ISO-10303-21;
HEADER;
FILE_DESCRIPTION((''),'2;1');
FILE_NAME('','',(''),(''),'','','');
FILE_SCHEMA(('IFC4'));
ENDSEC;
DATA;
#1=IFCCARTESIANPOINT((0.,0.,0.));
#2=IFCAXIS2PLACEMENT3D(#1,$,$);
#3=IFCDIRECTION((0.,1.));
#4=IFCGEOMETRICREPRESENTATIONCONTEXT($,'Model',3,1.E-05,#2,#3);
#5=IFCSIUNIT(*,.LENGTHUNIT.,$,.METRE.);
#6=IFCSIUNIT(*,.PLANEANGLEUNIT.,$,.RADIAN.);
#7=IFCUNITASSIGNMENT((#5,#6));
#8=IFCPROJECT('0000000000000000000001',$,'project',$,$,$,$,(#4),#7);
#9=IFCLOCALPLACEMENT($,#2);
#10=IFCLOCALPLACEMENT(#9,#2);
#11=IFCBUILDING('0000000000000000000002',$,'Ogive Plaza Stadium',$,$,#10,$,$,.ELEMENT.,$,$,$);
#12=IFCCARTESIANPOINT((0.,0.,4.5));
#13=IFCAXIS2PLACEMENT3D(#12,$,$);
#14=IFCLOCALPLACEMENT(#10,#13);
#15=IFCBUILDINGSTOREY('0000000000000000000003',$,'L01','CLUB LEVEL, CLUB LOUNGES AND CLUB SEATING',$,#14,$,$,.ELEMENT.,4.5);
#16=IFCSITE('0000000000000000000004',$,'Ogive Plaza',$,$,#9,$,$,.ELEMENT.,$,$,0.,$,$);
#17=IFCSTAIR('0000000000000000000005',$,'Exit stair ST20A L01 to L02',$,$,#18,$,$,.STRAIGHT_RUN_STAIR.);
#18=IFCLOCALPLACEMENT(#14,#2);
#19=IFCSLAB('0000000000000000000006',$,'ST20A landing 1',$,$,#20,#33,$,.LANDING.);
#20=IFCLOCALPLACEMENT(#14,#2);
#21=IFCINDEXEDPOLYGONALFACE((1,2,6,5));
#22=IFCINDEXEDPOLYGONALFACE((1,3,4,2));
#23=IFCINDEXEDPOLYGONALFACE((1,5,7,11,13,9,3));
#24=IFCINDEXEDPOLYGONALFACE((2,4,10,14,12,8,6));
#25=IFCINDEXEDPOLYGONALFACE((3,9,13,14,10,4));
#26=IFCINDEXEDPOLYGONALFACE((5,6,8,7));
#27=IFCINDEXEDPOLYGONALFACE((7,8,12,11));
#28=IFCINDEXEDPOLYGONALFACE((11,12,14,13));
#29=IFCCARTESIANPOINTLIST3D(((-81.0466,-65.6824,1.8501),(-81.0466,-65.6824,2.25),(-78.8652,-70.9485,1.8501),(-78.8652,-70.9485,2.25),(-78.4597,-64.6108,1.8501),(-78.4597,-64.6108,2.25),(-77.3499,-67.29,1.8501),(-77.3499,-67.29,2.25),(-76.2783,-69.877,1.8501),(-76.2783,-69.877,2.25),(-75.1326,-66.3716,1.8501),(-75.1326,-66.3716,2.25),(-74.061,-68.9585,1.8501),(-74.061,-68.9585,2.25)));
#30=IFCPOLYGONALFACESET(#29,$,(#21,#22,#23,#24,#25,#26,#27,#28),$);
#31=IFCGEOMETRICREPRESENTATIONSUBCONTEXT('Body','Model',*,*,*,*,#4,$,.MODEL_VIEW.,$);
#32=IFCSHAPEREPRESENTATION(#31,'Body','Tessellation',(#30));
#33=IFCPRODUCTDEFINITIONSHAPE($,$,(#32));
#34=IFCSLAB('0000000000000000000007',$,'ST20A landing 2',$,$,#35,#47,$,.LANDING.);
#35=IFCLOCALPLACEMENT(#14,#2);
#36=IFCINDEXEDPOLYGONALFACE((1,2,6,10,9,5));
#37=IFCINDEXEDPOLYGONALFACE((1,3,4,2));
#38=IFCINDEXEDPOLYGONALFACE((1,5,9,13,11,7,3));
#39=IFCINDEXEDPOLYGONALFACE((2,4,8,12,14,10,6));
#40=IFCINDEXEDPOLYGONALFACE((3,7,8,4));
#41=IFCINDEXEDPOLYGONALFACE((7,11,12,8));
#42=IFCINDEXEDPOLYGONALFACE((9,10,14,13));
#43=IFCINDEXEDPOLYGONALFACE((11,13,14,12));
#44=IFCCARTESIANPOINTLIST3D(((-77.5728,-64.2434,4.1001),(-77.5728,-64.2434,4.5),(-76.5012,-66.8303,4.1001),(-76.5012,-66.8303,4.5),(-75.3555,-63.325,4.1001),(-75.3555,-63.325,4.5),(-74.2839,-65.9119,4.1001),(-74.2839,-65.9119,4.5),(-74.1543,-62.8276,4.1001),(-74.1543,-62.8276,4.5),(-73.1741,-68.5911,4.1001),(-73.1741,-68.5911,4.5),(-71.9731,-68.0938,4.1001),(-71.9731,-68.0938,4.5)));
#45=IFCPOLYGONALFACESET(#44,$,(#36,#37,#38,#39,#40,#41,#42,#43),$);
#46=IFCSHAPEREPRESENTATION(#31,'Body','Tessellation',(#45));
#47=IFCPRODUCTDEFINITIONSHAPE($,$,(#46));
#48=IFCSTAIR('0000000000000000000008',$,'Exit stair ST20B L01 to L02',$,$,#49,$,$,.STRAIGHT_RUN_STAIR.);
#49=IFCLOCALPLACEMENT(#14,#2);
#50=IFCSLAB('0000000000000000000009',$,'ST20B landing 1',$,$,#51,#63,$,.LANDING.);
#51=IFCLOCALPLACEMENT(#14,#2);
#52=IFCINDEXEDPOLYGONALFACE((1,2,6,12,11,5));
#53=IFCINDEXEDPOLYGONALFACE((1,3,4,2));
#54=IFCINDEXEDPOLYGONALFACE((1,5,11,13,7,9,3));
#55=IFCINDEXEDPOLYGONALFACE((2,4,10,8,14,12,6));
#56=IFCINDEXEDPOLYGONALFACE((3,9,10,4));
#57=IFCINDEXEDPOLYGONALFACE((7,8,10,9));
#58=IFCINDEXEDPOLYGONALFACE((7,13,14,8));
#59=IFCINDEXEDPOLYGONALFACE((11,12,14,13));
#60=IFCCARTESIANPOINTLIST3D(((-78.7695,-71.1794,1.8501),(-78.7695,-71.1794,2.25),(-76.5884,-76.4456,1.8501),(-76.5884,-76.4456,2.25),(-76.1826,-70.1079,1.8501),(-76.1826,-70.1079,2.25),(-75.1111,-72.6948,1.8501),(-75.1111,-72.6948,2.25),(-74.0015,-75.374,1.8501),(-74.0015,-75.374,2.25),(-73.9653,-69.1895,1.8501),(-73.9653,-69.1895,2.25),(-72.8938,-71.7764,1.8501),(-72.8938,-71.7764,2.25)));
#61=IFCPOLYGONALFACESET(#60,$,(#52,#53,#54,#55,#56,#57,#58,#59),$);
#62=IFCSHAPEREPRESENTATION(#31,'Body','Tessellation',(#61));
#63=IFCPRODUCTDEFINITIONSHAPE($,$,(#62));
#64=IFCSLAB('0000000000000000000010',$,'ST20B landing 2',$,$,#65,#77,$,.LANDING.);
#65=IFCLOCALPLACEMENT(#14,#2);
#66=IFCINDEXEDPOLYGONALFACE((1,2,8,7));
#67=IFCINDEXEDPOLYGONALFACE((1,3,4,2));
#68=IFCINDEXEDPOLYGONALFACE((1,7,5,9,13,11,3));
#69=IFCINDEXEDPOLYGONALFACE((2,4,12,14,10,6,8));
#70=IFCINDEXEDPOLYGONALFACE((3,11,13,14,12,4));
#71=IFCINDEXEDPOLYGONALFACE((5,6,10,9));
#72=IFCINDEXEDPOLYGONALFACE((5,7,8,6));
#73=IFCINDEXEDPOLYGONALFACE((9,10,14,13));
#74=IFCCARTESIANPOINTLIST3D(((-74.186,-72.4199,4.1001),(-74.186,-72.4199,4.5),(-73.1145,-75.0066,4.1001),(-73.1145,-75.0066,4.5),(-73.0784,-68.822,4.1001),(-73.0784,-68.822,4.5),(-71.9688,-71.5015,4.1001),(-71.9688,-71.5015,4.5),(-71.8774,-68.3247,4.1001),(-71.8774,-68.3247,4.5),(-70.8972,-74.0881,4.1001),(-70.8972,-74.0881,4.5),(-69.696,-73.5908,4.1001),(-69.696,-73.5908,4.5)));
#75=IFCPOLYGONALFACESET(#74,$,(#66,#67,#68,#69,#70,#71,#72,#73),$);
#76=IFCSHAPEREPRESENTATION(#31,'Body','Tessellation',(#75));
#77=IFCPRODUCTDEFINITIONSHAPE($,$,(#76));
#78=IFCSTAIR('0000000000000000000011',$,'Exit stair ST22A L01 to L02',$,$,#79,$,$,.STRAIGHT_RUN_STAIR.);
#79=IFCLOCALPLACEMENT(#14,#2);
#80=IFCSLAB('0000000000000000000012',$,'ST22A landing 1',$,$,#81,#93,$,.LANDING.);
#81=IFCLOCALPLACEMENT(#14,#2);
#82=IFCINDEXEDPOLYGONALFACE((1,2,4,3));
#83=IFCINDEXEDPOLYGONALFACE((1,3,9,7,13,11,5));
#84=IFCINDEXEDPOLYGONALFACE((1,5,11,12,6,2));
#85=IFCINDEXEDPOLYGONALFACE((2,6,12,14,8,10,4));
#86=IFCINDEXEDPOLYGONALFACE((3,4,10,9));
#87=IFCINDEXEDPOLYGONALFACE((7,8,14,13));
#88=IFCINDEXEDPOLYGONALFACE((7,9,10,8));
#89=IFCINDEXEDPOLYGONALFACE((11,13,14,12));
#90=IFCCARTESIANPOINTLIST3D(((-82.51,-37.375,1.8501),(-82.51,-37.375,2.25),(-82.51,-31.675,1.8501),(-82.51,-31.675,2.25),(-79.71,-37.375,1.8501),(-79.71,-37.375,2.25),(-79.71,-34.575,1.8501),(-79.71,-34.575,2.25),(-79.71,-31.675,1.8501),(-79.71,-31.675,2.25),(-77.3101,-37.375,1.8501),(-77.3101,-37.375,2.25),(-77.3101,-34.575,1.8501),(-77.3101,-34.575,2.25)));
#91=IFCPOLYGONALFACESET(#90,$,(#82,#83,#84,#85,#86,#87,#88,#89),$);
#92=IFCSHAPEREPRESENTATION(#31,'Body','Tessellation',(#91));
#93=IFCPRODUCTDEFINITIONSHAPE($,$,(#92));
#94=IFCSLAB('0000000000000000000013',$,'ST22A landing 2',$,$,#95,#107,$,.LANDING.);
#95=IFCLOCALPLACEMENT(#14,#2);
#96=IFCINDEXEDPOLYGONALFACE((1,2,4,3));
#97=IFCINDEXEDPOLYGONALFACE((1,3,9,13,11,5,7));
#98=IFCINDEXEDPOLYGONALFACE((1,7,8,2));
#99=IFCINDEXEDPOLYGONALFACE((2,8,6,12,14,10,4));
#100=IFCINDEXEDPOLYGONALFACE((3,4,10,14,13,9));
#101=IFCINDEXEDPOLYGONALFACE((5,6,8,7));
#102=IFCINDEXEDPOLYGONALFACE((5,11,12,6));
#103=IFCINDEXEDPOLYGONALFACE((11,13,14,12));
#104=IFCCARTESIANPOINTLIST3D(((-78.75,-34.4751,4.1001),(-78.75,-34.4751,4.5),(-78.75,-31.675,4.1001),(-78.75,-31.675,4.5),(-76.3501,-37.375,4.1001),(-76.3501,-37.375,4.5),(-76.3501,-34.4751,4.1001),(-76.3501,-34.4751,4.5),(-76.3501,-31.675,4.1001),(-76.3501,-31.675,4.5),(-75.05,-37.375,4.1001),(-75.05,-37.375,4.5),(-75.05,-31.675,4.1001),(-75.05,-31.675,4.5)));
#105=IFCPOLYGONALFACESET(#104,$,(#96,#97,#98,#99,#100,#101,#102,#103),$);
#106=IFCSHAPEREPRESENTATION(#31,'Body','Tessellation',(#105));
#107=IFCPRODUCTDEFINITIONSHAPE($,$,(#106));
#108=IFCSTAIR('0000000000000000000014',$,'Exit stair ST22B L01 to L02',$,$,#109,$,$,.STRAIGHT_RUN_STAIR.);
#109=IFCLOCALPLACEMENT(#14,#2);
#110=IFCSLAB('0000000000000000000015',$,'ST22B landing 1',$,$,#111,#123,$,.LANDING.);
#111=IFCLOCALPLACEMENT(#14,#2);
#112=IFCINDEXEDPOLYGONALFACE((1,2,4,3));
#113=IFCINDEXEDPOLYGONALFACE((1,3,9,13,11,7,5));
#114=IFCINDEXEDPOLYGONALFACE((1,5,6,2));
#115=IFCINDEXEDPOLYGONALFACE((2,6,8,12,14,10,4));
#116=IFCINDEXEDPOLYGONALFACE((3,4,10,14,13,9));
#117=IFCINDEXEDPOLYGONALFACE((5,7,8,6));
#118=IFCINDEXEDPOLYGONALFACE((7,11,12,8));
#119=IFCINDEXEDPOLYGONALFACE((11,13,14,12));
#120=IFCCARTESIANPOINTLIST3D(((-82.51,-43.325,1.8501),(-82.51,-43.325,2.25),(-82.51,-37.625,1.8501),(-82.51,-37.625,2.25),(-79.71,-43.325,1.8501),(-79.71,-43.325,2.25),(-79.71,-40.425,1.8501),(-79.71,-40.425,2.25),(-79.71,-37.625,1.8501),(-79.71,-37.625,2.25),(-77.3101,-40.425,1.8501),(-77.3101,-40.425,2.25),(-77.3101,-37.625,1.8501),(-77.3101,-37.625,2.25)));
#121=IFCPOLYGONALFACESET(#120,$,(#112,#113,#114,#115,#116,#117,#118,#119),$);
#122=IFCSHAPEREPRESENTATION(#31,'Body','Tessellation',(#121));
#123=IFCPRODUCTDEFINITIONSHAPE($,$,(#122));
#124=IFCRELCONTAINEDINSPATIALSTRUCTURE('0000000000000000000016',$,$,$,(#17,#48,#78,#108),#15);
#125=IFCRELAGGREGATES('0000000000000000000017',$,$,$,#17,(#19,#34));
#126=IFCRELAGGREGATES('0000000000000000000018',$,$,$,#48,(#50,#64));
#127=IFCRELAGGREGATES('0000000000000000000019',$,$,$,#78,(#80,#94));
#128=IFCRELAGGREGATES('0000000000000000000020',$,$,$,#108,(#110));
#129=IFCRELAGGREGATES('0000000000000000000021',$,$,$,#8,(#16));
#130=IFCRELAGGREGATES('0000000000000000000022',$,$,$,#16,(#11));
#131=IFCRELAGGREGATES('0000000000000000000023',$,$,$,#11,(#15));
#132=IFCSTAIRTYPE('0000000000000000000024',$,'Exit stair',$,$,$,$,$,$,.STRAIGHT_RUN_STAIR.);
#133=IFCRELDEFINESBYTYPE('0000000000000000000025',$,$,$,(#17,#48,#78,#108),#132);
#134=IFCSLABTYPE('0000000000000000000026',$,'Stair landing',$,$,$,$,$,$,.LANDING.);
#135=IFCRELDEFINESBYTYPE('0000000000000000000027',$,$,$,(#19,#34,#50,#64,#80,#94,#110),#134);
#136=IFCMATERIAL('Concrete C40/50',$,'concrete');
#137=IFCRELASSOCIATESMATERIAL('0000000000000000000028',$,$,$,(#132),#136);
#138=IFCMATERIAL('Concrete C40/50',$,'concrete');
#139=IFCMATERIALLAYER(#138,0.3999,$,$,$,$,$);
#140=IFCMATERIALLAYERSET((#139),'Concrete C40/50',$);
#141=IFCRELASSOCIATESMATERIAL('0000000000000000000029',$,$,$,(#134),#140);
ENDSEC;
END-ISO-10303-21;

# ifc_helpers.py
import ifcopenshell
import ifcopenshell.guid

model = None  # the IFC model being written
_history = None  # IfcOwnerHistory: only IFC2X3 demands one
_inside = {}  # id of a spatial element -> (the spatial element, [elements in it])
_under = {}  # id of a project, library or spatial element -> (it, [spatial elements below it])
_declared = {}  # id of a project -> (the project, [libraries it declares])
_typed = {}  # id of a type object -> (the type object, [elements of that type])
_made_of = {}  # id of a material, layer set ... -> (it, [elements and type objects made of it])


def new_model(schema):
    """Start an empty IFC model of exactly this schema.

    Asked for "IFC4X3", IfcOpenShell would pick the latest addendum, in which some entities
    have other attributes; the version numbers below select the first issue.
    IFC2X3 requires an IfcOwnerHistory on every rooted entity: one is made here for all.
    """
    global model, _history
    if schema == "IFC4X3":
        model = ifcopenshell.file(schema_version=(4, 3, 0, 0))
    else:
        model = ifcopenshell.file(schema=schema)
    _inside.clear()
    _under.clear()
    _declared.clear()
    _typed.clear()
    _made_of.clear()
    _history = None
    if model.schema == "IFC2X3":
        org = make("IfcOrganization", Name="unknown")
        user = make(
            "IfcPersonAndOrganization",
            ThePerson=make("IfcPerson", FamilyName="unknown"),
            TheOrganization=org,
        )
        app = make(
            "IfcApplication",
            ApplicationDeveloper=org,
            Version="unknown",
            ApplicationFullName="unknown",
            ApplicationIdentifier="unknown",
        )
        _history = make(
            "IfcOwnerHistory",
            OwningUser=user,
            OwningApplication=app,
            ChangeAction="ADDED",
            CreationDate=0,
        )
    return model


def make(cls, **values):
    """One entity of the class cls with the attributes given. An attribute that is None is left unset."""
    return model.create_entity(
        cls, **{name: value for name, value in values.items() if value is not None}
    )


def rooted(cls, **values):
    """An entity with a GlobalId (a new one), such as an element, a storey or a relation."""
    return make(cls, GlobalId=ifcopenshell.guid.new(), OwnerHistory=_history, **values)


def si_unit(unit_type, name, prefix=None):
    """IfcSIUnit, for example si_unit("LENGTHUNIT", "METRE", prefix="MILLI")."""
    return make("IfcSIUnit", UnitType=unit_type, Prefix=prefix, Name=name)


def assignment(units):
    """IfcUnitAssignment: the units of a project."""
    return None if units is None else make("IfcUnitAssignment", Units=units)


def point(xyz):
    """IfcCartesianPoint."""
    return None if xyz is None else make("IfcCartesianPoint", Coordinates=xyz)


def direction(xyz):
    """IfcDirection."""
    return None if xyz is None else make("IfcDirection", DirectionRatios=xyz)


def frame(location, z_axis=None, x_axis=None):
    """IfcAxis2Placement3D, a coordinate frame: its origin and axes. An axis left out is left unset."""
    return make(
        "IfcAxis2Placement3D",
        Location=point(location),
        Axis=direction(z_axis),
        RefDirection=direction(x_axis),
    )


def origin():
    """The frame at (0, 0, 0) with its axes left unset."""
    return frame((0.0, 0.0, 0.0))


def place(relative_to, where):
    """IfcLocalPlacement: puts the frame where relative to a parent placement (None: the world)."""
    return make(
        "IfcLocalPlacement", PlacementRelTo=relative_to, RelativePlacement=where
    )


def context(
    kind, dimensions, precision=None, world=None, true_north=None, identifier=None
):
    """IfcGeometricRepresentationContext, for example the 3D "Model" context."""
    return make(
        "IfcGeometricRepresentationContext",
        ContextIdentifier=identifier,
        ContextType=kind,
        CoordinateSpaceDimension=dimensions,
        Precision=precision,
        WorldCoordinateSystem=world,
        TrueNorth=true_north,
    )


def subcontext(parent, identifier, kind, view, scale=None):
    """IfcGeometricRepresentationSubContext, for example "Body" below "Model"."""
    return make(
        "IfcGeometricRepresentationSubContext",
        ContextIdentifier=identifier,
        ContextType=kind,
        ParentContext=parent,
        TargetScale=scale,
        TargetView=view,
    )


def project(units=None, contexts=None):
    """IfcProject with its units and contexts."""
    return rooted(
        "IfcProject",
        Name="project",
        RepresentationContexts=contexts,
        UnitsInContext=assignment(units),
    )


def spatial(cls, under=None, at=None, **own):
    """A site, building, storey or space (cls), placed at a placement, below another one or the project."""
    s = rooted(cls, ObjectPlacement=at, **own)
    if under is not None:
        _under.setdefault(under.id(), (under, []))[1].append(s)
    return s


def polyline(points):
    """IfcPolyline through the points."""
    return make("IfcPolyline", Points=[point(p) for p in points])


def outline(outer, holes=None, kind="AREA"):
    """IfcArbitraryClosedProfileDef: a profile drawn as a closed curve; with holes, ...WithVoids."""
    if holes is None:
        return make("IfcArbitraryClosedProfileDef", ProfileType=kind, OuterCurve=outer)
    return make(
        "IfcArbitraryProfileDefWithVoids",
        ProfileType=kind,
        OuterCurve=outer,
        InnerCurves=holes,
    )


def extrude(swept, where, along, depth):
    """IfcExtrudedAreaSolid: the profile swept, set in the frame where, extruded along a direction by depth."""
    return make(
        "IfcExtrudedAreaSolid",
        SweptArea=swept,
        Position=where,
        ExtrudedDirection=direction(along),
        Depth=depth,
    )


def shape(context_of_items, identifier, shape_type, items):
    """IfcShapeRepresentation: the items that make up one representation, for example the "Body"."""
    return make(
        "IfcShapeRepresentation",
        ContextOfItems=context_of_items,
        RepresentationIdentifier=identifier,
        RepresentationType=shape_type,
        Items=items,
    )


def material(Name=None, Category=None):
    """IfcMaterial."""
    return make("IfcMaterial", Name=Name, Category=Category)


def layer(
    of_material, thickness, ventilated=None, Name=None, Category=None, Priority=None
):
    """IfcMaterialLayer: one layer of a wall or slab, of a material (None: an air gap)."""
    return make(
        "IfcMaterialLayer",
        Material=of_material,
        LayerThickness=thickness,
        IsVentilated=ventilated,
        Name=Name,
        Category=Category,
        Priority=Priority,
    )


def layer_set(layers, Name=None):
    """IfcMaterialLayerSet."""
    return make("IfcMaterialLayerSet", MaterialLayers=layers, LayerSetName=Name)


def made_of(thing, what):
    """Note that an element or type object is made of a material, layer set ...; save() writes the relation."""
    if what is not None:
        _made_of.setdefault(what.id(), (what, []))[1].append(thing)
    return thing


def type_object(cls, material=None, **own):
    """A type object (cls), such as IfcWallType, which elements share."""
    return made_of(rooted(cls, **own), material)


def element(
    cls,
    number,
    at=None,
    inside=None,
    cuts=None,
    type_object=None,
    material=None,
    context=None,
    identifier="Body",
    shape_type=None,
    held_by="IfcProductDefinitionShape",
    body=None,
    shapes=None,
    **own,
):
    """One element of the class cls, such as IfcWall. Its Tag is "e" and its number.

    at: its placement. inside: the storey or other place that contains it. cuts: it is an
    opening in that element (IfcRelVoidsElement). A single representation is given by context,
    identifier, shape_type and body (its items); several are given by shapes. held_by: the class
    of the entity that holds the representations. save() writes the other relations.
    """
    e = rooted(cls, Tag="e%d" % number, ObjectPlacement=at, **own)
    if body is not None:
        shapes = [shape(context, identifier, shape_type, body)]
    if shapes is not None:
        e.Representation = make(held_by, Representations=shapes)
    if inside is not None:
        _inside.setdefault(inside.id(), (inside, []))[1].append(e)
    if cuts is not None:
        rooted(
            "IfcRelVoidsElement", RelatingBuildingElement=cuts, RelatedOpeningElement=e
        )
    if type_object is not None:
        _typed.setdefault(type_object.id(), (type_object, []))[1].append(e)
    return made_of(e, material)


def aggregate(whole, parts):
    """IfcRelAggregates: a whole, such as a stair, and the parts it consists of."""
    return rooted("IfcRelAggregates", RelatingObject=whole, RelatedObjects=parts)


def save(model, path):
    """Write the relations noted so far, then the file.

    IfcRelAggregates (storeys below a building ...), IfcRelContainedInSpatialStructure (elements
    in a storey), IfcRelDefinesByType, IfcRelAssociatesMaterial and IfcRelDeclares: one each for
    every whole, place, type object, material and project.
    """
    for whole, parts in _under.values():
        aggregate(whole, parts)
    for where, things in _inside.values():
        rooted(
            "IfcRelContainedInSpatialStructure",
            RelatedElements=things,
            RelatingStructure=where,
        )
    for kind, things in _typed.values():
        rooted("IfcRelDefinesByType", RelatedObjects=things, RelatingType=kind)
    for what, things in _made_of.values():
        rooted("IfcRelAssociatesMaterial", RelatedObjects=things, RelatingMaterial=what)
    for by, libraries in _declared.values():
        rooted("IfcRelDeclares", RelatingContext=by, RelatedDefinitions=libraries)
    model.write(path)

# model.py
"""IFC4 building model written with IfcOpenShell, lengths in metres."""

from ifc_helpers import new_model, si_unit, direction, frame, origin, place, context, subcontext, project, spatial, polyline, outline, extrude, material, layer, layer_set, type_object, element, aggregate, save


model = new_model("IFC4")

# Units and contexts
model_context = context("Model", 3, precision=1e-05, world=origin(), true_north=direction((0.0, 1.0)))
body_context = subcontext(model_context, "Body", "Model", "MODEL_VIEW")
ifc_project = project(units=[si_unit("LENGTHUNIT", "METRE"), si_unit("PLANEANGLEUNIT", "RADIAN")], contexts=[model_context])

# Site, building, storey
site_placement = place(None, origin())
site = spatial("IfcSite", under=ifc_project, at=site_placement, Name="Ogive Plaza", CompositionType="ELEMENT", RefElevation=0.0)
building_placement = place(site_placement, origin())
building = spatial("IfcBuilding", under=site, at=building_placement, Name="Ogive Plaza Stadium", CompositionType="ELEMENT")
storey_placement = place(building_placement, frame((0.0, 0.0, 4.5)))
storey = spatial("IfcBuildingStorey", under=building, at=storey_placement, Name="L01", Description="CLUB LEVEL, CLUB LOUNGES AND CLUB SEATING", CompositionType="ELEMENT", Elevation=4.5)

# Stairs, slabs
ifc_material_1 = material(Name="Concrete C40/50", Category="concrete")
stair_type = type_object("IfcStairType", Name="Exit stair", PredefinedType="STRAIGHT_RUN_STAIR", material=ifc_material_1)
ifc_material_2 = material(Name="Concrete C40/50", Category="concrete")
ifc_layer = layer(ifc_material_2, 0.3999)
ifc_layer_set = layer_set([ifc_layer], Name="Concrete C40/50")
slab_type = type_object("IfcSlabType", Name="Stair landing", PredefinedType="LANDING", material=ifc_layer_set)
stair_1_placement = place(storey_placement, origin())
stair_1 = element("IfcStair", 1, at=stair_1_placement, inside=storey, type_object=stair_type, Name="Exit stair ST20A L01 to L02", PredefinedType="STRAIGHT_RUN_STAIR")
slab_1_placement = place(storey_placement, frame((0.0, 0.0, 1.8501)))
slab_1 = element("IfcSlab", 2, at=slab_1_placement, type_object=slab_type, Name="ST20A landing 1", PredefinedType="LANDING", context=body_context, shape_type="SweptSolid", body=[
    extrude(outline(polyline([(-78.8652, -70.9485), (-81.0466, -65.6824), (-78.4597, -64.6108), (-77.3499, -67.29), (-75.1326, -66.3716), (-74.061, -68.9585), (-76.2783, -69.877), (-78.8652, -70.9485)])), origin(), (0.0, 0.0, 1.0), 0.3999),
])
slab_2_placement = place(storey_placement, frame((0.0, 0.0, 4.1001)))
slab_2 = element("IfcSlab", 3, at=slab_2_placement, type_object=slab_type, Name="ST20A landing 2", PredefinedType="LANDING", context=body_context, shape_type="SweptSolid", body=[
    extrude(outline(polyline([(-76.5012, -66.8303), (-77.5728, -64.2434), (-75.3555, -63.325), (-74.1543, -62.8276), (-71.9731, -68.0938), (-73.1741, -68.5911), (-74.2839, -65.9119), (-76.5012, -66.8303)])), origin(), (0.0, 0.0, 1.0), 0.3999),
])
aggregate(stair_1, [slab_1, slab_2])
stair_2_placement = place(storey_placement, origin())
stair_2 = element("IfcStair", 4, at=stair_2_placement, inside=storey, type_object=stair_type, Name="Exit stair ST20B L01 to L02", PredefinedType="STRAIGHT_RUN_STAIR")
slab_3_placement = place(storey_placement, frame((0.0, 0.0, 1.8501)))
slab_3 = element("IfcSlab", 5, at=slab_3_placement, type_object=slab_type, Name="ST20B landing 1", PredefinedType="LANDING", context=body_context, shape_type="SweptSolid", body=[
    extrude(outline(polyline([(-73.9653, -69.1895), (-72.8938, -71.7764), (-75.1111, -72.6948), (-74.0015, -75.374), (-76.5884, -76.4456), (-78.7695, -71.1794), (-76.1826, -70.1079), (-73.9653, -69.1895)])), origin(), (0.0, 0.0, 1.0), 0.3999),
])
slab_4_placement = place(storey_placement, frame((0.0, 0.0, 4.1001)))
slab_4 = element("IfcSlab", 6, at=slab_4_placement, type_object=slab_type, Name="ST20B landing 2", PredefinedType="LANDING", context=body_context, shape_type="SweptSolid", body=[
    extrude(outline(polyline([(-73.0784, -68.822), (-71.8774, -68.3247), (-69.696, -73.5908), (-70.8972, -74.0881), (-73.1145, -75.0066), (-74.186, -72.4199), (-71.9688, -71.5015), (-73.0784, -68.822)])), origin(), (0.0, 0.0, 1.0), 0.3999),
])
aggregate(stair_2, [slab_3, slab_4])
stair_3_placement = place(storey_placement, origin())
stair_3 = element("IfcStair", 7, at=stair_3_placement, inside=storey, type_object=stair_type, Name="Exit stair ST22A L01 to L02", PredefinedType="STRAIGHT_RUN_STAIR")
slab_5_placement = place(storey_placement, frame((0.0, 0.0, 1.8501)))
slab_5 = element("IfcSlab", 8, at=slab_5_placement, type_object=slab_type, Name="ST22A landing 1", PredefinedType="LANDING", context=body_context, shape_type="SweptSolid", body=[
    extrude(outline(polyline([(-82.51, -37.375), (-82.51, -31.675), (-79.71, -31.675), (-79.71, -34.575), (-77.3101, -34.575), (-77.3101, -37.375), (-79.71, -37.375), (-82.51, -37.375)])), origin(), (0.0, 0.0, 1.0), 0.3999),
])
slab_6_placement = place(storey_placement, frame((0.0, 0.0, 4.1001)))
slab_6 = element("IfcSlab", 9, at=slab_6_placement, type_object=slab_type, Name="ST22A landing 2", PredefinedType="LANDING", context=body_context, shape_type="SweptSolid", body=[
    extrude(outline(polyline([(-78.75, -34.4751), (-78.75, -31.675), (-76.3501, -31.675), (-75.05, -31.675), (-75.05, -37.375), (-76.3501, -37.375), (-76.3501, -34.4751), (-78.75, -34.4751)])), origin(), (0.0, 0.0, 1.0), 0.3999),
])
aggregate(stair_3, [slab_5, slab_6])

# Stair, slab
stair_4_placement = place(storey_placement, origin())
stair_4 = element("IfcStair", 10, at=stair_4_placement, inside=storey, type_object=stair_type, Name="Exit stair ST22B L01 to L02", PredefinedType="STRAIGHT_RUN_STAIR")
slab_7_placement = place(storey_placement, frame((0.0, 0.0, 1.8501)))
slab_7 = element("IfcSlab", 11, at=slab_7_placement, type_object=slab_type, Name="ST22B landing 1", PredefinedType="LANDING", context=body_context, shape_type="SweptSolid", body=[
    extrude(outline(polyline([(-77.3101, -37.625), (-77.3101, -40.425), (-79.71, -40.425), (-79.71, -43.325), (-82.51, -43.325), (-82.51, -37.625), (-79.71, -37.625), (-77.3101, -37.625)])), origin(), (0.0, 0.0, 1.0), 0.3999),
])
aggregate(stair_4, [slab_7])

save(model, "model.ifc")
